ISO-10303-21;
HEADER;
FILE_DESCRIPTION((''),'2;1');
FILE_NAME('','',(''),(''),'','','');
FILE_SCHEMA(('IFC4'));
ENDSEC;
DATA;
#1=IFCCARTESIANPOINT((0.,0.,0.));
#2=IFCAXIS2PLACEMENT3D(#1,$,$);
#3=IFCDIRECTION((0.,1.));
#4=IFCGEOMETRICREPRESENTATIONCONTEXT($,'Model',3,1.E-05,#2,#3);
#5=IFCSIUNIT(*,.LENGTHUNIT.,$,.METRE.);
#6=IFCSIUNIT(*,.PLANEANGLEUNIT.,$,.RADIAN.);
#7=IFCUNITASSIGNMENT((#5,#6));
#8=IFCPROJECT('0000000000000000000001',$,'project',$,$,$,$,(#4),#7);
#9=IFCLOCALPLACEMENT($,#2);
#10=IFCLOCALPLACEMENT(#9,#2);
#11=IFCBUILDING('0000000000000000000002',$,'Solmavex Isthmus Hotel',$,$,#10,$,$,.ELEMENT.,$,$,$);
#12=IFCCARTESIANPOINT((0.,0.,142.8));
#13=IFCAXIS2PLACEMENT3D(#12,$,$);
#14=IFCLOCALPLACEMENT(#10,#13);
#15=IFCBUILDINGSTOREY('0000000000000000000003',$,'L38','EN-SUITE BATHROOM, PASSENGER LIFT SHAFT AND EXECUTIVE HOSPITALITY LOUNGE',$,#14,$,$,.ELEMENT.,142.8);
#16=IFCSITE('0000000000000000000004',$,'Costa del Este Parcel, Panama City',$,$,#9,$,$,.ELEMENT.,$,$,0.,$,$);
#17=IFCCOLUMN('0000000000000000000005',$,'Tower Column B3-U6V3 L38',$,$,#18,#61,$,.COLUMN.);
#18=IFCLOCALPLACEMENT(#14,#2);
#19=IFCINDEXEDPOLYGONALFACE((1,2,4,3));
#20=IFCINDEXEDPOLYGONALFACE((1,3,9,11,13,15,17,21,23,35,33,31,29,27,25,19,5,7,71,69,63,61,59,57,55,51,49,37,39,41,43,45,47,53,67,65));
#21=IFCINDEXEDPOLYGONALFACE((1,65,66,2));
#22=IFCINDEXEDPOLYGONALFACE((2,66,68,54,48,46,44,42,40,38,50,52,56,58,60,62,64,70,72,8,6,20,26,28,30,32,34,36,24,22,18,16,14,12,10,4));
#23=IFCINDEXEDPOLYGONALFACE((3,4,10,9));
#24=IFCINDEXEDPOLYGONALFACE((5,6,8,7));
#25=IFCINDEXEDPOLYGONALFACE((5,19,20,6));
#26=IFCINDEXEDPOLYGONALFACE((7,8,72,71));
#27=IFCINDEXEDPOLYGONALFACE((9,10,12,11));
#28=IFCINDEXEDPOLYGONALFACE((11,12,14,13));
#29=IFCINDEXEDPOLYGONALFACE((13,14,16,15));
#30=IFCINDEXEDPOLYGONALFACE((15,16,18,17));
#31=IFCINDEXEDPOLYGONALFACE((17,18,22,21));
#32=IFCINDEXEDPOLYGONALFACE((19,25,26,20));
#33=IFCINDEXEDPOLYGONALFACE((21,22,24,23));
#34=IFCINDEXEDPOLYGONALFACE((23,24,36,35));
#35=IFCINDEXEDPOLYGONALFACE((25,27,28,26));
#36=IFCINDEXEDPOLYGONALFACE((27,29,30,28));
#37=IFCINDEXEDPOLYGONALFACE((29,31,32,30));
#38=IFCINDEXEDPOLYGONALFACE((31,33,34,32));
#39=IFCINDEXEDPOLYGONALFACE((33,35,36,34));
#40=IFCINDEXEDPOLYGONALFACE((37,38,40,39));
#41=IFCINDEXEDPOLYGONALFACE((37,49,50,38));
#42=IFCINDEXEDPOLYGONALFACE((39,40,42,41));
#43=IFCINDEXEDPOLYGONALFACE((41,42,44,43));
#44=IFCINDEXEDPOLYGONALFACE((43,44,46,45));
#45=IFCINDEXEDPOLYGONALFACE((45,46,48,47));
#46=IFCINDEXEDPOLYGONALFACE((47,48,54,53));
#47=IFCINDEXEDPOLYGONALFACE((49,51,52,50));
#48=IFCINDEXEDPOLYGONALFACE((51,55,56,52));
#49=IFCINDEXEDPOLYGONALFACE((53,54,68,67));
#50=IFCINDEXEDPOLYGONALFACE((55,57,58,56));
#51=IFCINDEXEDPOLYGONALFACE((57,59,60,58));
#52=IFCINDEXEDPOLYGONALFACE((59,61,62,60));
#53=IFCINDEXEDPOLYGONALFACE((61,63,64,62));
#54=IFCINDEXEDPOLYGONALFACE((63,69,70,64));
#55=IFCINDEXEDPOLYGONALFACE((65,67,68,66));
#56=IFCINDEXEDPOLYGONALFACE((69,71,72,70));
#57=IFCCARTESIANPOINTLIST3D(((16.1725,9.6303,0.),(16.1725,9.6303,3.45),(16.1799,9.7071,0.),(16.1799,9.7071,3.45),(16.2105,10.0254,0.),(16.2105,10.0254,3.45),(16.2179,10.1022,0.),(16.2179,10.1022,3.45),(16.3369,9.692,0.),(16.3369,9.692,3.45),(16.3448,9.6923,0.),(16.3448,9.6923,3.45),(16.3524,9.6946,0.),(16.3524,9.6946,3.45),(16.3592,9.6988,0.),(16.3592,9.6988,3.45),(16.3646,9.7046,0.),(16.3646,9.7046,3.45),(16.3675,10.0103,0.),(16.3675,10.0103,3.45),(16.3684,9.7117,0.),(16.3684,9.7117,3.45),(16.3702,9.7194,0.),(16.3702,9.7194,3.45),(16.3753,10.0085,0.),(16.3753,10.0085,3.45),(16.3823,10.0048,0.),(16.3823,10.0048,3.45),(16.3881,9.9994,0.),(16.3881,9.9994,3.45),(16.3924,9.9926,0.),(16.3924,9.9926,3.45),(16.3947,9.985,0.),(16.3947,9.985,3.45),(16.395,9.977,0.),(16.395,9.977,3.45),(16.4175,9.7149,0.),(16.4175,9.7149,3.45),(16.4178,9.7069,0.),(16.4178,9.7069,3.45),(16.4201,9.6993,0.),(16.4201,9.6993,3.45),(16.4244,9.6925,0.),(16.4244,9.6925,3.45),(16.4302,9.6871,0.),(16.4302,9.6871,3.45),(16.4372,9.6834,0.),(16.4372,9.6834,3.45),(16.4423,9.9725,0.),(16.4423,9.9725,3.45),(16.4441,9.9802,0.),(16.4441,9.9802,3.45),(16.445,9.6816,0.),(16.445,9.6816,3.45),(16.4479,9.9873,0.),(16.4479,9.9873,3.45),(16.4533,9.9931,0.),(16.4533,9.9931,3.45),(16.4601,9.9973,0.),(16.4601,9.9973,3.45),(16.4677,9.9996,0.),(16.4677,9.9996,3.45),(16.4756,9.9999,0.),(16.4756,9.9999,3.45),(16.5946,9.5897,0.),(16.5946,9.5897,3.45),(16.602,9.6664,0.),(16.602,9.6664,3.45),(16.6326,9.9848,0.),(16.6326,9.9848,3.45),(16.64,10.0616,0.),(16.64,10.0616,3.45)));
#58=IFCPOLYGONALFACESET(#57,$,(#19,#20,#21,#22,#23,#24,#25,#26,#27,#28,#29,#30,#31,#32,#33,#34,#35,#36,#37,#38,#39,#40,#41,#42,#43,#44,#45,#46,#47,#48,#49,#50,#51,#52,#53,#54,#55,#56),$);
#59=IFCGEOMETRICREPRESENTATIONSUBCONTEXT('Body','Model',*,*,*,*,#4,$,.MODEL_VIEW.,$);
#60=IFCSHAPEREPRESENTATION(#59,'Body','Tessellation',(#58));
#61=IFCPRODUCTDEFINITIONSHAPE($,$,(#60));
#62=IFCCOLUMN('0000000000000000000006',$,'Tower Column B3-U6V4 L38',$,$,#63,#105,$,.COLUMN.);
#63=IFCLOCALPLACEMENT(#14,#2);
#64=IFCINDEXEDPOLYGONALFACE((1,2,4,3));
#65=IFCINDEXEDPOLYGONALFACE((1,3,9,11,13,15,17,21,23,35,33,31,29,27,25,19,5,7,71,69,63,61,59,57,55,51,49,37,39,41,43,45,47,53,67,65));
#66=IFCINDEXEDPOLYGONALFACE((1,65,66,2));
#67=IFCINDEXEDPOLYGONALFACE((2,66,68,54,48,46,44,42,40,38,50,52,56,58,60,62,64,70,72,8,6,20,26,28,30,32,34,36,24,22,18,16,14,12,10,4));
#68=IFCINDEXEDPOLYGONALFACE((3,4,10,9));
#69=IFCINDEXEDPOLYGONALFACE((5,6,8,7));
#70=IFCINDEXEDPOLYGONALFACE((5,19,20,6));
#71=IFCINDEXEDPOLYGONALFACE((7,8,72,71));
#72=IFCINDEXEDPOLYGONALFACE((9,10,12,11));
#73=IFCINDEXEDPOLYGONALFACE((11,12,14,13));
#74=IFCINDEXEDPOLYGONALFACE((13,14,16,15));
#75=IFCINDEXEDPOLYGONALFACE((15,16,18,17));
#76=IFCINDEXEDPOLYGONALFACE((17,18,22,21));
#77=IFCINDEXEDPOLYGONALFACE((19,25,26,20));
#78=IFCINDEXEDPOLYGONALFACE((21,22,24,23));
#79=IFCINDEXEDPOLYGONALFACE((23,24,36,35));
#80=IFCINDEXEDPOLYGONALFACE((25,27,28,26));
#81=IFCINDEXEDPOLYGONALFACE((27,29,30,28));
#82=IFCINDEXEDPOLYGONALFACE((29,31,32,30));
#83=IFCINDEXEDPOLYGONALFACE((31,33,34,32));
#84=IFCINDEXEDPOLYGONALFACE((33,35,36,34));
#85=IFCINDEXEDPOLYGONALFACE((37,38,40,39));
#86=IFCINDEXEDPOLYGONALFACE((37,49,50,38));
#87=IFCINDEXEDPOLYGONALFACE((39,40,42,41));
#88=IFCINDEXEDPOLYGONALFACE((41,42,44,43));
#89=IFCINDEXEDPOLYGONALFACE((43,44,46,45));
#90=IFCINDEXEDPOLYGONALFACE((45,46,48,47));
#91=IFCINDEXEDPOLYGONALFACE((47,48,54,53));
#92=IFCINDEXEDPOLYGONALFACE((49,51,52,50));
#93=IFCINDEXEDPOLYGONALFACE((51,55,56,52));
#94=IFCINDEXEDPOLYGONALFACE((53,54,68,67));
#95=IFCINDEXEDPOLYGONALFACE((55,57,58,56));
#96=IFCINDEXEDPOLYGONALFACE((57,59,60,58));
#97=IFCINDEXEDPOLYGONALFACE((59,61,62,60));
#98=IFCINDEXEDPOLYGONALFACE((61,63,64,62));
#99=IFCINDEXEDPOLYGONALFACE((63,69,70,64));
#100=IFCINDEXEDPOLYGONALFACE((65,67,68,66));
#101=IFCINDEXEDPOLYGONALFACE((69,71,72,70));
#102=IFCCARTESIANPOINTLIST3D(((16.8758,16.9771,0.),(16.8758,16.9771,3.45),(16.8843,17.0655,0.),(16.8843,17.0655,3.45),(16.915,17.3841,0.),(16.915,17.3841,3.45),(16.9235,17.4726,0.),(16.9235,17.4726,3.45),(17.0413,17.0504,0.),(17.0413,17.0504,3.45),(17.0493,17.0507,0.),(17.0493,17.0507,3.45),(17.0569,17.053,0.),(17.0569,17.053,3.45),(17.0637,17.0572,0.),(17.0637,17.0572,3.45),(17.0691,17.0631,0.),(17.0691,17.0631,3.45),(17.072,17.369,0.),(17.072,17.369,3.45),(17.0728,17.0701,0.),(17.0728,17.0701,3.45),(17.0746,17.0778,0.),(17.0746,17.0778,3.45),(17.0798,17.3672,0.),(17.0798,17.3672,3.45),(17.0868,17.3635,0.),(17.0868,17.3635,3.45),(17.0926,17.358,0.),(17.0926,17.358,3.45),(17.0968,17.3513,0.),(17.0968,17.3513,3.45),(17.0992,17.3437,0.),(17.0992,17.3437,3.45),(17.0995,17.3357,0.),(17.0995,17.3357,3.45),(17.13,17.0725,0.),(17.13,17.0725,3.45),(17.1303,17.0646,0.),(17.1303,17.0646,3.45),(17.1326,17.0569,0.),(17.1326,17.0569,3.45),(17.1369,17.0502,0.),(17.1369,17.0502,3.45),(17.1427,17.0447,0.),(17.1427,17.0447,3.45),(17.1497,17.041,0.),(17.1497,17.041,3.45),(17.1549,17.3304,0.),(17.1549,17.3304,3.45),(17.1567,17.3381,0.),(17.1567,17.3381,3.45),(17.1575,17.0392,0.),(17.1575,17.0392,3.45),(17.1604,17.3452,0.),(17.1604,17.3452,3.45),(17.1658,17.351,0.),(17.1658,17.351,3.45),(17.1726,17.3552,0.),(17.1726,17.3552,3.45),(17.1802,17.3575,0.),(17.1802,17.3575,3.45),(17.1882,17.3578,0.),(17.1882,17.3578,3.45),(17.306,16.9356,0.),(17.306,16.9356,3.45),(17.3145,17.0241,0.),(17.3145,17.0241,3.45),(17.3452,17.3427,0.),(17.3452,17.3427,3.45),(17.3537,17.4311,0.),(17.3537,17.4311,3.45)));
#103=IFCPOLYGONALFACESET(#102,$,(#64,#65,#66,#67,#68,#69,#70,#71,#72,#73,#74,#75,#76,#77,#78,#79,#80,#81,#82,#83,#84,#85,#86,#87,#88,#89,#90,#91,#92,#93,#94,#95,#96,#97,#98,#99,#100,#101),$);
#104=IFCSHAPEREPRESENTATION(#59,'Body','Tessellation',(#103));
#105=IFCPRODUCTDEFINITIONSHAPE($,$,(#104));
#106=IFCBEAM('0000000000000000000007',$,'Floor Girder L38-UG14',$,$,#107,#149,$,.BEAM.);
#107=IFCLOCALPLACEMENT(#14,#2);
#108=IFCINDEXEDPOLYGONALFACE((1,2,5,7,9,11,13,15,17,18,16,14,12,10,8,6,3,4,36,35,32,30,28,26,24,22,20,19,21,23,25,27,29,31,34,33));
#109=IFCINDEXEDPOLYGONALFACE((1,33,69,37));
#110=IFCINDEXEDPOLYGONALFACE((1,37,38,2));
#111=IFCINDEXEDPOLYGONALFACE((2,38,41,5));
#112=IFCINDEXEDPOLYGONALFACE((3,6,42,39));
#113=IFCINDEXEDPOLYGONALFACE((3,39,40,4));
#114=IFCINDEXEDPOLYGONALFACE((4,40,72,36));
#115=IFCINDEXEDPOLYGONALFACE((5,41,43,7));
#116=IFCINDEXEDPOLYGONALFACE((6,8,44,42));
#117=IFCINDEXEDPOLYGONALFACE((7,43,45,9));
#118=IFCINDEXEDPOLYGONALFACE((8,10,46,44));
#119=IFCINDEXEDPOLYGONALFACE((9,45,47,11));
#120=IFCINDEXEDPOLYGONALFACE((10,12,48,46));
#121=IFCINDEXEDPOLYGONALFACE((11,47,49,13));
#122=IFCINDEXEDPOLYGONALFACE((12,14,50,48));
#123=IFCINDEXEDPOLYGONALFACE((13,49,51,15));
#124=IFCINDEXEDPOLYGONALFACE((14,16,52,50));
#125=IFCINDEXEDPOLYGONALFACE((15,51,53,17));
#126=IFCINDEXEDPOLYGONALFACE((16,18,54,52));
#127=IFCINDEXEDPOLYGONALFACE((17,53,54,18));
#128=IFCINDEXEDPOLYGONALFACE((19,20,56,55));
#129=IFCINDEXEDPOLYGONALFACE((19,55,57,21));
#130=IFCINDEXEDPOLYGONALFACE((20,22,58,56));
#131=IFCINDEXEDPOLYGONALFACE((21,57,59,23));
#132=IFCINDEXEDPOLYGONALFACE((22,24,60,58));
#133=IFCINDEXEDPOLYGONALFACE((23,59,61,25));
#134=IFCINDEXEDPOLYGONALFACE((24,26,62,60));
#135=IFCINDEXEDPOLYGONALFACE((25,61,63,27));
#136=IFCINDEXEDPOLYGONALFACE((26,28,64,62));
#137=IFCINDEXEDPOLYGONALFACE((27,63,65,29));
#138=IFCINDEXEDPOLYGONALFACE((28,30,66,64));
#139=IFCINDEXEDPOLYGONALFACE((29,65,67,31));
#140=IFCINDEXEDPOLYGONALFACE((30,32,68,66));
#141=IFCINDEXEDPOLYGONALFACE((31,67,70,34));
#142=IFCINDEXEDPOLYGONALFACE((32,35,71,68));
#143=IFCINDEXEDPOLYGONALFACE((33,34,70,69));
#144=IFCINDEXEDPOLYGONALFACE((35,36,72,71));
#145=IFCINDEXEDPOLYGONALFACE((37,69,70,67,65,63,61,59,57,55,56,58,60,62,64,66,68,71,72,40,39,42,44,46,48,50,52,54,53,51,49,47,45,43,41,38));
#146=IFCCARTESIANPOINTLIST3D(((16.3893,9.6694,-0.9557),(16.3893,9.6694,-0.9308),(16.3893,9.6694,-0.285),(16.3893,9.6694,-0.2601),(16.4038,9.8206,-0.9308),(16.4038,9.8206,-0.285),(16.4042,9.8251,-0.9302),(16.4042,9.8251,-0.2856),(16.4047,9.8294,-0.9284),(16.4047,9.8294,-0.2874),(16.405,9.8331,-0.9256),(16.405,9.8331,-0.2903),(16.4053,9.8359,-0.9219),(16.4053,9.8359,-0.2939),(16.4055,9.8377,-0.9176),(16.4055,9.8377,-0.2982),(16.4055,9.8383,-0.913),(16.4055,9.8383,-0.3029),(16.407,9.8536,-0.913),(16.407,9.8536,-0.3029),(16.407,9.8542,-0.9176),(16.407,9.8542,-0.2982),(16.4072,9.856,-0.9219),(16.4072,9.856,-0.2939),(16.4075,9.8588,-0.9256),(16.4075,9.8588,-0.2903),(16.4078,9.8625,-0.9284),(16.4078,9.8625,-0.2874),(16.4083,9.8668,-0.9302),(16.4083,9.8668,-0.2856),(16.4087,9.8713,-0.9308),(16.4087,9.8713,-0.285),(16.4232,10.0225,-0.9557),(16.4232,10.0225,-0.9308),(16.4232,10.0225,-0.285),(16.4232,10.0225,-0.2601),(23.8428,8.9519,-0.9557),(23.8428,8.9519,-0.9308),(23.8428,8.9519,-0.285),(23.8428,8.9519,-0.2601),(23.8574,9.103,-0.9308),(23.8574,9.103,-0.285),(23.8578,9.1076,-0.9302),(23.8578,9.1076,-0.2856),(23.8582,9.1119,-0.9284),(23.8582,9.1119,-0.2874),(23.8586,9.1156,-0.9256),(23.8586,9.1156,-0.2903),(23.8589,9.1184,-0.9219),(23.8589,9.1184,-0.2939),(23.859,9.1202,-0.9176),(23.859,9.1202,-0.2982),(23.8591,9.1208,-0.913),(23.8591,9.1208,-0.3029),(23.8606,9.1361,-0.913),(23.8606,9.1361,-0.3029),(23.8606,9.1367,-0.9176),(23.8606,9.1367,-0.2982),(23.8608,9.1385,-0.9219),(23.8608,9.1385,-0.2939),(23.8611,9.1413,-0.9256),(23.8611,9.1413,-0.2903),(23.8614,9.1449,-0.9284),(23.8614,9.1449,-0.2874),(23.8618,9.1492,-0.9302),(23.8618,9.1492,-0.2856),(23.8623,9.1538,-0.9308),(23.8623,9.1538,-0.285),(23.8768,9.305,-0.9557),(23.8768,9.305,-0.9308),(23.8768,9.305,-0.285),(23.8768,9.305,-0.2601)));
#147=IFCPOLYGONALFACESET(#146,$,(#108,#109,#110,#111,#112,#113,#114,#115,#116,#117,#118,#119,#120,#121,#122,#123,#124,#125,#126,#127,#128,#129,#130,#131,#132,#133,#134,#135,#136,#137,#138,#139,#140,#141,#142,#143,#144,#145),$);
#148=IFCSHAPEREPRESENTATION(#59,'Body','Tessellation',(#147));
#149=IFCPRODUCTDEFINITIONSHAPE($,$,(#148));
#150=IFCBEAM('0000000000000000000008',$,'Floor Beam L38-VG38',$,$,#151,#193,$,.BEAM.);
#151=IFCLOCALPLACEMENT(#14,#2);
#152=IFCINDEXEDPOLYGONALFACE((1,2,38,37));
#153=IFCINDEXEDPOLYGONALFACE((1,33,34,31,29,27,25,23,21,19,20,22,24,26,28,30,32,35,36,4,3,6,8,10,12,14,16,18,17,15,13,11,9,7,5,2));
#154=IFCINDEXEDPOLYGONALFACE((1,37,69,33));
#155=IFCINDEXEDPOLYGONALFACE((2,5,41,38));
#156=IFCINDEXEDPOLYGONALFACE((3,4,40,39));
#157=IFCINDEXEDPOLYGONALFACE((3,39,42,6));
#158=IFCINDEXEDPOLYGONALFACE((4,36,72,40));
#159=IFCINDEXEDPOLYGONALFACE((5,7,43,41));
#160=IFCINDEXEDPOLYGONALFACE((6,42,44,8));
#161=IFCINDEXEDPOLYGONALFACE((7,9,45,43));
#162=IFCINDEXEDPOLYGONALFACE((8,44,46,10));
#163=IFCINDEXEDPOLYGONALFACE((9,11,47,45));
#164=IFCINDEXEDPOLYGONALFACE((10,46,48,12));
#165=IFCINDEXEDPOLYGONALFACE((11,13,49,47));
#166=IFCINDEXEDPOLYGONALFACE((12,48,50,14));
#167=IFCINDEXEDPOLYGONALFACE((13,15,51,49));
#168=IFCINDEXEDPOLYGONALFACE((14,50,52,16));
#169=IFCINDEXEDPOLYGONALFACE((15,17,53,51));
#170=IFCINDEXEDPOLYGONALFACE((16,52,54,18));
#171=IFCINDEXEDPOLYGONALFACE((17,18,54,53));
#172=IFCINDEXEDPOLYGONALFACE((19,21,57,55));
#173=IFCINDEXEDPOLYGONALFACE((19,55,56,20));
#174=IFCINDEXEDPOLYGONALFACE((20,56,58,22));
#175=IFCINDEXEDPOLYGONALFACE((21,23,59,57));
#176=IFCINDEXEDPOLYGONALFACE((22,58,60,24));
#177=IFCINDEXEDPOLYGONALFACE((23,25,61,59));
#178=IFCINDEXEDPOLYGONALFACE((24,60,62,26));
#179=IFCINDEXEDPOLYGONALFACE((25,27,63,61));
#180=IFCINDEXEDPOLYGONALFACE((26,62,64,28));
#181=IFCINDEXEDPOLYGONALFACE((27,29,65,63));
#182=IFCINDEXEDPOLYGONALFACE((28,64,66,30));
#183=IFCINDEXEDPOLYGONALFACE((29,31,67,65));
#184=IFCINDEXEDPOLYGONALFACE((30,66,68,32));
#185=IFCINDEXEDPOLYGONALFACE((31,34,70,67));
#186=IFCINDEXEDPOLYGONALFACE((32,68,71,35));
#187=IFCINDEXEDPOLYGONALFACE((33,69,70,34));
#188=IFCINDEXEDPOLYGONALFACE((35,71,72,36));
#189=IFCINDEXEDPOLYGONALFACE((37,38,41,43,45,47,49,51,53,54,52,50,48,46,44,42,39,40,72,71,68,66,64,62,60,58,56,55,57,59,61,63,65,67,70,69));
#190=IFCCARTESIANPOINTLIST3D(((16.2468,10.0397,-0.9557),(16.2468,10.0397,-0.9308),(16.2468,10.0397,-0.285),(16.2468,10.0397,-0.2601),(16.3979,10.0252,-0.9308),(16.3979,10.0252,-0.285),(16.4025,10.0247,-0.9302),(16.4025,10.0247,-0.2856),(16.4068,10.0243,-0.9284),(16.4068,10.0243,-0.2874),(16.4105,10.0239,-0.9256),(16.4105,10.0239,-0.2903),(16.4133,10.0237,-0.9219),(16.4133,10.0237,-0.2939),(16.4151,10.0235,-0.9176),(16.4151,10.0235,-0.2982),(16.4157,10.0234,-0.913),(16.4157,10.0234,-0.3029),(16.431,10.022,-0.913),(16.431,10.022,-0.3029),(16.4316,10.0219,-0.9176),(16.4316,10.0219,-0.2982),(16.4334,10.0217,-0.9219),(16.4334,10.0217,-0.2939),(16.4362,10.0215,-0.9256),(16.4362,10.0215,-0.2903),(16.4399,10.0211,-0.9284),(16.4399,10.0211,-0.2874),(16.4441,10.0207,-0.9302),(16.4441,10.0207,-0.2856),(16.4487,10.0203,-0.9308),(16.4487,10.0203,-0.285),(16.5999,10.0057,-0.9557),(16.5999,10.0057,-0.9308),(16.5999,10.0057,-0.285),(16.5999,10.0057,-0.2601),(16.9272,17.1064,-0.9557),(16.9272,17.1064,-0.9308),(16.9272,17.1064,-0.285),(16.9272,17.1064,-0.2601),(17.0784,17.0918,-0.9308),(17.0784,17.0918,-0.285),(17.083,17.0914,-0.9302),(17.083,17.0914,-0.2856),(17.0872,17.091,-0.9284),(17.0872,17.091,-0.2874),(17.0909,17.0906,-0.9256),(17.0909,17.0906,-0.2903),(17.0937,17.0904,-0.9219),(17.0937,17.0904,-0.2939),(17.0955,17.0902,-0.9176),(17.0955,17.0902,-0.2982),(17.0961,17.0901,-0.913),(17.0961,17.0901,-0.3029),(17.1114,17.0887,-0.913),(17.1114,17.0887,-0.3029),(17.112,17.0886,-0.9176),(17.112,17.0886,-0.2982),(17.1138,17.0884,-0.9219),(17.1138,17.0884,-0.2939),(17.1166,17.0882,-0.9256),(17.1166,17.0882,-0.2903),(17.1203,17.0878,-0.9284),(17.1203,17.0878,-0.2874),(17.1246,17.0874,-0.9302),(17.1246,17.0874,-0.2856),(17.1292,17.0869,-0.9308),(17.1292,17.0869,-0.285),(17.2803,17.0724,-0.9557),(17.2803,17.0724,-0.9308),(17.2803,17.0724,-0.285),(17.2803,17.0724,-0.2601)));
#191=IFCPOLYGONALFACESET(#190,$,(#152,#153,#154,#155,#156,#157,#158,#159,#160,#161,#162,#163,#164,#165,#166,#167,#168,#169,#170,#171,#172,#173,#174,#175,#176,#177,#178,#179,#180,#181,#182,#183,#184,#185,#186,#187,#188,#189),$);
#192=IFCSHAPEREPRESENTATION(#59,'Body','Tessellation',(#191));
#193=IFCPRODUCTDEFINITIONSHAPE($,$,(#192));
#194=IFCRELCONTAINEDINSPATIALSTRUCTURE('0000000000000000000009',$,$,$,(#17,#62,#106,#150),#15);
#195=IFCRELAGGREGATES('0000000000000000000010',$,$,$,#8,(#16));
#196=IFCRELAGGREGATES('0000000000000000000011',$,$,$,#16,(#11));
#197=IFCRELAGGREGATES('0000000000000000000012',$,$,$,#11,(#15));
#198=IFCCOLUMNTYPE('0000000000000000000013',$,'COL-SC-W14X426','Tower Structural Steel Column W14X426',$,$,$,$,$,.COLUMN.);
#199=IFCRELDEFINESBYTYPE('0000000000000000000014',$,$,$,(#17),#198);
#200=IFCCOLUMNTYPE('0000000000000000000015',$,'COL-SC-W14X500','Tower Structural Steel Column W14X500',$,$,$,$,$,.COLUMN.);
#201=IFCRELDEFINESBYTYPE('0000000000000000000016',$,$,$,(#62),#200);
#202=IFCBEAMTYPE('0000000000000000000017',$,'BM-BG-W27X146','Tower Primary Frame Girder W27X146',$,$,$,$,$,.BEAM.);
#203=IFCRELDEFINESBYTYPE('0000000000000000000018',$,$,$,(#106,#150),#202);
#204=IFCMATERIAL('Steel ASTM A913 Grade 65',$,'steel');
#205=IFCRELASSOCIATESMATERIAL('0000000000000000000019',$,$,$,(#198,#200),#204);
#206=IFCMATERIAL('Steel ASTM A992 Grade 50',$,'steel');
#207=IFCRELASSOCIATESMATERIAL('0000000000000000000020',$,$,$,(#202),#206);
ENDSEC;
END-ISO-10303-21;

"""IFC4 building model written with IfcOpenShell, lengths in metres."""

from ifc_helpers import new_model, si_unit, direction, frame, origin, origin_2d, place, context, subcontext, project, spatial, i_section, extrude, material, material_profile, profile_set, type_object, element, save


model = new_model("IFC4")

# Units and contexts
model_context = context("Model", 3, precision=1e-05, world=origin(), true_north=direction((0.0, 1.0)))
body_context = subcontext(model_context, "Body", "Model", "MODEL_VIEW")
ifc_project = project(units=[si_unit("LENGTHUNIT", "METRE"), si_unit("PLANEANGLEUNIT", "RADIAN")], contexts=[model_context])

# Site, building, storey
site_placement = place(None, origin())
site = spatial("IfcSite", under=ifc_project, at=site_placement, Name="Costa del Este Parcel, Panama City", CompositionType="ELEMENT", RefElevation=0.0)
building_placement = place(site_placement, origin())
building = spatial("IfcBuilding", under=site, at=building_placement, Name="Solmavex Isthmus Hotel", CompositionType="ELEMENT")
storey_placement = place(building_placement, frame((0.0, 0.0, 142.8)))
storey = spatial("IfcBuildingStorey", under=building, at=storey_placement, Name="L38", Description="EN-SUITE BATHROOM, PASSENGER LIFT SHAFT AND EXECUTIVE HOSPITALITY LOUNGE", CompositionType="ELEMENT", Elevation=142.8)

# Columns
ifc_material_1 = material(Name="Steel ASTM A913 Grade 65", Category="steel")
ifc_material_profile_1 = material_profile(ifc_material_1, i_section(OverallWidth=0.4241, OverallDepth=0.4741, WebThickness=0.0476, FlangeThickness=0.0771, FilletRadius=0.0305, at=origin_2d()), Name="W14X426")
ifc_profile_set_1 = profile_set([ifc_material_profile_1], Name="Steel ASTM A913 Grade 65")
column_type_1 = type_object("IfcColumnType", Name="COL-SC-W14X426", Description="Tower Structural Steel Column W14X426", PredefinedType="COLUMN", material=ifc_profile_set_1)
column_1_placement = place(storey_placement, frame((16.4062, 9.8459, 0.0), z_axis=(0.0, 0.0, 1.0), x_axis=(0.995396, -0.095846, 0.0)))
element("IfcColumn", 1, at=column_1_placement, inside=storey, type_object=column_type_1, Name="Tower Column B3-U6V3 L38", PredefinedType="COLUMN", context=body_context, shape_type="SweptSolid", body=[
    extrude(i_section(OverallWidth=0.4241, OverallDepth=0.4741, WebThickness=0.0476, FlangeThickness=0.0771, FilletRadius=0.0305, at=origin_2d()), origin(), (0.0, 0.0, 1.0), 3.45),
])
ifc_material_profile_2 = material_profile(ifc_material_1, i_section(OverallWidth=0.4321, OverallDepth=0.4978, WebThickness=0.0557, FlangeThickness=0.0889, FilletRadius=0.0305, at=origin_2d()), Name="W14X500")
ifc_profile_set_2 = profile_set([ifc_material_profile_2], Name="Steel ASTM A913 Grade 65")
column_type_2 = type_object("IfcColumnType", Name="COL-SC-W14X500", Description="Tower Structural Steel Column W14X500", PredefinedType="COLUMN", material=ifc_profile_set_2)
column_2_placement = place(storey_placement, frame((17.1147, 17.2041, 0.0), z_axis=(0.0, 0.0, 1.0), x_axis=(0.995396, -0.095846, 0.0)))
element("IfcColumn", 2, at=column_2_placement, inside=storey, type_object=column_type_2, Name="Tower Column B3-U6V4 L38", PredefinedType="COLUMN", context=body_context, shape_type="SweptSolid", body=[
    extrude(i_section(OverallWidth=0.4321, OverallDepth=0.4978, WebThickness=0.0557, FlangeThickness=0.0889, FilletRadius=0.0305, at=origin_2d()), origin(), (0.0, 0.0, 1.0), 3.45),
])

# Beams
ifc_material_2 = material(Name="Steel ASTM A992 Grade 50", Category="steel")
ifc_material_profile_3 = material_profile(ifc_material_2, i_section(OverallWidth=0.3547, OverallDepth=0.6956, WebThickness=0.0154, FlangeThickness=0.0249, FilletRadius=0.0178, at=origin_2d()), Name="W27X146")
ifc_profile_set_3 = profile_set([ifc_material_profile_3], Name="Steel ASTM A992 Grade 50")
beam_type_1 = type_object("IfcBeamType", Name="BM-BG-W27X146", Description="Tower Primary Frame Girder W27X146", PredefinedType="BEAM", material=ifc_profile_set_3)
beam_1_placement = place(storey_placement, frame((16.4062, 9.8459, -0.6079), z_axis=(0.995398, -0.095823, 0.0), x_axis=(0.095823, 0.995398, 0.0)))
element("IfcBeam", 3, at=beam_1_placement, inside=storey, type_object=beam_type_1, Name="Floor Girder L38-UG14", PredefinedType="BEAM", context=body_context, shape_type="SweptSolid", body=[
    extrude(i_section(OverallWidth=0.3547, OverallDepth=0.6956, WebThickness=0.0154, FlangeThickness=0.0249, FilletRadius=0.0178, at=origin_2d()), origin(), (0.0, 0.0, 1.0), 7.488),
])
beam_2_placement = place(storey_placement, frame((16.4233, 10.0227, -0.6079), z_axis=(0.095843, 0.995396, 0.0), x_axis=(-0.995396, 0.095843, 0.0)))
element("IfcBeam", 4, at=beam_2_placement, inside=storey, type_object=beam_type_1, Name="Floor Beam L38-VG38", PredefinedType="BEAM", context=body_context, shape_type="SweptSolid", body=[
    extrude(i_section(OverallWidth=0.3547, OverallDepth=0.6956, WebThickness=0.0154, FlangeThickness=0.0249, FilletRadius=0.0178, at=origin_2d()), origin(), (0.0, 0.0, 1.0), 7.0994),
])

save(model, "model.ifc")
